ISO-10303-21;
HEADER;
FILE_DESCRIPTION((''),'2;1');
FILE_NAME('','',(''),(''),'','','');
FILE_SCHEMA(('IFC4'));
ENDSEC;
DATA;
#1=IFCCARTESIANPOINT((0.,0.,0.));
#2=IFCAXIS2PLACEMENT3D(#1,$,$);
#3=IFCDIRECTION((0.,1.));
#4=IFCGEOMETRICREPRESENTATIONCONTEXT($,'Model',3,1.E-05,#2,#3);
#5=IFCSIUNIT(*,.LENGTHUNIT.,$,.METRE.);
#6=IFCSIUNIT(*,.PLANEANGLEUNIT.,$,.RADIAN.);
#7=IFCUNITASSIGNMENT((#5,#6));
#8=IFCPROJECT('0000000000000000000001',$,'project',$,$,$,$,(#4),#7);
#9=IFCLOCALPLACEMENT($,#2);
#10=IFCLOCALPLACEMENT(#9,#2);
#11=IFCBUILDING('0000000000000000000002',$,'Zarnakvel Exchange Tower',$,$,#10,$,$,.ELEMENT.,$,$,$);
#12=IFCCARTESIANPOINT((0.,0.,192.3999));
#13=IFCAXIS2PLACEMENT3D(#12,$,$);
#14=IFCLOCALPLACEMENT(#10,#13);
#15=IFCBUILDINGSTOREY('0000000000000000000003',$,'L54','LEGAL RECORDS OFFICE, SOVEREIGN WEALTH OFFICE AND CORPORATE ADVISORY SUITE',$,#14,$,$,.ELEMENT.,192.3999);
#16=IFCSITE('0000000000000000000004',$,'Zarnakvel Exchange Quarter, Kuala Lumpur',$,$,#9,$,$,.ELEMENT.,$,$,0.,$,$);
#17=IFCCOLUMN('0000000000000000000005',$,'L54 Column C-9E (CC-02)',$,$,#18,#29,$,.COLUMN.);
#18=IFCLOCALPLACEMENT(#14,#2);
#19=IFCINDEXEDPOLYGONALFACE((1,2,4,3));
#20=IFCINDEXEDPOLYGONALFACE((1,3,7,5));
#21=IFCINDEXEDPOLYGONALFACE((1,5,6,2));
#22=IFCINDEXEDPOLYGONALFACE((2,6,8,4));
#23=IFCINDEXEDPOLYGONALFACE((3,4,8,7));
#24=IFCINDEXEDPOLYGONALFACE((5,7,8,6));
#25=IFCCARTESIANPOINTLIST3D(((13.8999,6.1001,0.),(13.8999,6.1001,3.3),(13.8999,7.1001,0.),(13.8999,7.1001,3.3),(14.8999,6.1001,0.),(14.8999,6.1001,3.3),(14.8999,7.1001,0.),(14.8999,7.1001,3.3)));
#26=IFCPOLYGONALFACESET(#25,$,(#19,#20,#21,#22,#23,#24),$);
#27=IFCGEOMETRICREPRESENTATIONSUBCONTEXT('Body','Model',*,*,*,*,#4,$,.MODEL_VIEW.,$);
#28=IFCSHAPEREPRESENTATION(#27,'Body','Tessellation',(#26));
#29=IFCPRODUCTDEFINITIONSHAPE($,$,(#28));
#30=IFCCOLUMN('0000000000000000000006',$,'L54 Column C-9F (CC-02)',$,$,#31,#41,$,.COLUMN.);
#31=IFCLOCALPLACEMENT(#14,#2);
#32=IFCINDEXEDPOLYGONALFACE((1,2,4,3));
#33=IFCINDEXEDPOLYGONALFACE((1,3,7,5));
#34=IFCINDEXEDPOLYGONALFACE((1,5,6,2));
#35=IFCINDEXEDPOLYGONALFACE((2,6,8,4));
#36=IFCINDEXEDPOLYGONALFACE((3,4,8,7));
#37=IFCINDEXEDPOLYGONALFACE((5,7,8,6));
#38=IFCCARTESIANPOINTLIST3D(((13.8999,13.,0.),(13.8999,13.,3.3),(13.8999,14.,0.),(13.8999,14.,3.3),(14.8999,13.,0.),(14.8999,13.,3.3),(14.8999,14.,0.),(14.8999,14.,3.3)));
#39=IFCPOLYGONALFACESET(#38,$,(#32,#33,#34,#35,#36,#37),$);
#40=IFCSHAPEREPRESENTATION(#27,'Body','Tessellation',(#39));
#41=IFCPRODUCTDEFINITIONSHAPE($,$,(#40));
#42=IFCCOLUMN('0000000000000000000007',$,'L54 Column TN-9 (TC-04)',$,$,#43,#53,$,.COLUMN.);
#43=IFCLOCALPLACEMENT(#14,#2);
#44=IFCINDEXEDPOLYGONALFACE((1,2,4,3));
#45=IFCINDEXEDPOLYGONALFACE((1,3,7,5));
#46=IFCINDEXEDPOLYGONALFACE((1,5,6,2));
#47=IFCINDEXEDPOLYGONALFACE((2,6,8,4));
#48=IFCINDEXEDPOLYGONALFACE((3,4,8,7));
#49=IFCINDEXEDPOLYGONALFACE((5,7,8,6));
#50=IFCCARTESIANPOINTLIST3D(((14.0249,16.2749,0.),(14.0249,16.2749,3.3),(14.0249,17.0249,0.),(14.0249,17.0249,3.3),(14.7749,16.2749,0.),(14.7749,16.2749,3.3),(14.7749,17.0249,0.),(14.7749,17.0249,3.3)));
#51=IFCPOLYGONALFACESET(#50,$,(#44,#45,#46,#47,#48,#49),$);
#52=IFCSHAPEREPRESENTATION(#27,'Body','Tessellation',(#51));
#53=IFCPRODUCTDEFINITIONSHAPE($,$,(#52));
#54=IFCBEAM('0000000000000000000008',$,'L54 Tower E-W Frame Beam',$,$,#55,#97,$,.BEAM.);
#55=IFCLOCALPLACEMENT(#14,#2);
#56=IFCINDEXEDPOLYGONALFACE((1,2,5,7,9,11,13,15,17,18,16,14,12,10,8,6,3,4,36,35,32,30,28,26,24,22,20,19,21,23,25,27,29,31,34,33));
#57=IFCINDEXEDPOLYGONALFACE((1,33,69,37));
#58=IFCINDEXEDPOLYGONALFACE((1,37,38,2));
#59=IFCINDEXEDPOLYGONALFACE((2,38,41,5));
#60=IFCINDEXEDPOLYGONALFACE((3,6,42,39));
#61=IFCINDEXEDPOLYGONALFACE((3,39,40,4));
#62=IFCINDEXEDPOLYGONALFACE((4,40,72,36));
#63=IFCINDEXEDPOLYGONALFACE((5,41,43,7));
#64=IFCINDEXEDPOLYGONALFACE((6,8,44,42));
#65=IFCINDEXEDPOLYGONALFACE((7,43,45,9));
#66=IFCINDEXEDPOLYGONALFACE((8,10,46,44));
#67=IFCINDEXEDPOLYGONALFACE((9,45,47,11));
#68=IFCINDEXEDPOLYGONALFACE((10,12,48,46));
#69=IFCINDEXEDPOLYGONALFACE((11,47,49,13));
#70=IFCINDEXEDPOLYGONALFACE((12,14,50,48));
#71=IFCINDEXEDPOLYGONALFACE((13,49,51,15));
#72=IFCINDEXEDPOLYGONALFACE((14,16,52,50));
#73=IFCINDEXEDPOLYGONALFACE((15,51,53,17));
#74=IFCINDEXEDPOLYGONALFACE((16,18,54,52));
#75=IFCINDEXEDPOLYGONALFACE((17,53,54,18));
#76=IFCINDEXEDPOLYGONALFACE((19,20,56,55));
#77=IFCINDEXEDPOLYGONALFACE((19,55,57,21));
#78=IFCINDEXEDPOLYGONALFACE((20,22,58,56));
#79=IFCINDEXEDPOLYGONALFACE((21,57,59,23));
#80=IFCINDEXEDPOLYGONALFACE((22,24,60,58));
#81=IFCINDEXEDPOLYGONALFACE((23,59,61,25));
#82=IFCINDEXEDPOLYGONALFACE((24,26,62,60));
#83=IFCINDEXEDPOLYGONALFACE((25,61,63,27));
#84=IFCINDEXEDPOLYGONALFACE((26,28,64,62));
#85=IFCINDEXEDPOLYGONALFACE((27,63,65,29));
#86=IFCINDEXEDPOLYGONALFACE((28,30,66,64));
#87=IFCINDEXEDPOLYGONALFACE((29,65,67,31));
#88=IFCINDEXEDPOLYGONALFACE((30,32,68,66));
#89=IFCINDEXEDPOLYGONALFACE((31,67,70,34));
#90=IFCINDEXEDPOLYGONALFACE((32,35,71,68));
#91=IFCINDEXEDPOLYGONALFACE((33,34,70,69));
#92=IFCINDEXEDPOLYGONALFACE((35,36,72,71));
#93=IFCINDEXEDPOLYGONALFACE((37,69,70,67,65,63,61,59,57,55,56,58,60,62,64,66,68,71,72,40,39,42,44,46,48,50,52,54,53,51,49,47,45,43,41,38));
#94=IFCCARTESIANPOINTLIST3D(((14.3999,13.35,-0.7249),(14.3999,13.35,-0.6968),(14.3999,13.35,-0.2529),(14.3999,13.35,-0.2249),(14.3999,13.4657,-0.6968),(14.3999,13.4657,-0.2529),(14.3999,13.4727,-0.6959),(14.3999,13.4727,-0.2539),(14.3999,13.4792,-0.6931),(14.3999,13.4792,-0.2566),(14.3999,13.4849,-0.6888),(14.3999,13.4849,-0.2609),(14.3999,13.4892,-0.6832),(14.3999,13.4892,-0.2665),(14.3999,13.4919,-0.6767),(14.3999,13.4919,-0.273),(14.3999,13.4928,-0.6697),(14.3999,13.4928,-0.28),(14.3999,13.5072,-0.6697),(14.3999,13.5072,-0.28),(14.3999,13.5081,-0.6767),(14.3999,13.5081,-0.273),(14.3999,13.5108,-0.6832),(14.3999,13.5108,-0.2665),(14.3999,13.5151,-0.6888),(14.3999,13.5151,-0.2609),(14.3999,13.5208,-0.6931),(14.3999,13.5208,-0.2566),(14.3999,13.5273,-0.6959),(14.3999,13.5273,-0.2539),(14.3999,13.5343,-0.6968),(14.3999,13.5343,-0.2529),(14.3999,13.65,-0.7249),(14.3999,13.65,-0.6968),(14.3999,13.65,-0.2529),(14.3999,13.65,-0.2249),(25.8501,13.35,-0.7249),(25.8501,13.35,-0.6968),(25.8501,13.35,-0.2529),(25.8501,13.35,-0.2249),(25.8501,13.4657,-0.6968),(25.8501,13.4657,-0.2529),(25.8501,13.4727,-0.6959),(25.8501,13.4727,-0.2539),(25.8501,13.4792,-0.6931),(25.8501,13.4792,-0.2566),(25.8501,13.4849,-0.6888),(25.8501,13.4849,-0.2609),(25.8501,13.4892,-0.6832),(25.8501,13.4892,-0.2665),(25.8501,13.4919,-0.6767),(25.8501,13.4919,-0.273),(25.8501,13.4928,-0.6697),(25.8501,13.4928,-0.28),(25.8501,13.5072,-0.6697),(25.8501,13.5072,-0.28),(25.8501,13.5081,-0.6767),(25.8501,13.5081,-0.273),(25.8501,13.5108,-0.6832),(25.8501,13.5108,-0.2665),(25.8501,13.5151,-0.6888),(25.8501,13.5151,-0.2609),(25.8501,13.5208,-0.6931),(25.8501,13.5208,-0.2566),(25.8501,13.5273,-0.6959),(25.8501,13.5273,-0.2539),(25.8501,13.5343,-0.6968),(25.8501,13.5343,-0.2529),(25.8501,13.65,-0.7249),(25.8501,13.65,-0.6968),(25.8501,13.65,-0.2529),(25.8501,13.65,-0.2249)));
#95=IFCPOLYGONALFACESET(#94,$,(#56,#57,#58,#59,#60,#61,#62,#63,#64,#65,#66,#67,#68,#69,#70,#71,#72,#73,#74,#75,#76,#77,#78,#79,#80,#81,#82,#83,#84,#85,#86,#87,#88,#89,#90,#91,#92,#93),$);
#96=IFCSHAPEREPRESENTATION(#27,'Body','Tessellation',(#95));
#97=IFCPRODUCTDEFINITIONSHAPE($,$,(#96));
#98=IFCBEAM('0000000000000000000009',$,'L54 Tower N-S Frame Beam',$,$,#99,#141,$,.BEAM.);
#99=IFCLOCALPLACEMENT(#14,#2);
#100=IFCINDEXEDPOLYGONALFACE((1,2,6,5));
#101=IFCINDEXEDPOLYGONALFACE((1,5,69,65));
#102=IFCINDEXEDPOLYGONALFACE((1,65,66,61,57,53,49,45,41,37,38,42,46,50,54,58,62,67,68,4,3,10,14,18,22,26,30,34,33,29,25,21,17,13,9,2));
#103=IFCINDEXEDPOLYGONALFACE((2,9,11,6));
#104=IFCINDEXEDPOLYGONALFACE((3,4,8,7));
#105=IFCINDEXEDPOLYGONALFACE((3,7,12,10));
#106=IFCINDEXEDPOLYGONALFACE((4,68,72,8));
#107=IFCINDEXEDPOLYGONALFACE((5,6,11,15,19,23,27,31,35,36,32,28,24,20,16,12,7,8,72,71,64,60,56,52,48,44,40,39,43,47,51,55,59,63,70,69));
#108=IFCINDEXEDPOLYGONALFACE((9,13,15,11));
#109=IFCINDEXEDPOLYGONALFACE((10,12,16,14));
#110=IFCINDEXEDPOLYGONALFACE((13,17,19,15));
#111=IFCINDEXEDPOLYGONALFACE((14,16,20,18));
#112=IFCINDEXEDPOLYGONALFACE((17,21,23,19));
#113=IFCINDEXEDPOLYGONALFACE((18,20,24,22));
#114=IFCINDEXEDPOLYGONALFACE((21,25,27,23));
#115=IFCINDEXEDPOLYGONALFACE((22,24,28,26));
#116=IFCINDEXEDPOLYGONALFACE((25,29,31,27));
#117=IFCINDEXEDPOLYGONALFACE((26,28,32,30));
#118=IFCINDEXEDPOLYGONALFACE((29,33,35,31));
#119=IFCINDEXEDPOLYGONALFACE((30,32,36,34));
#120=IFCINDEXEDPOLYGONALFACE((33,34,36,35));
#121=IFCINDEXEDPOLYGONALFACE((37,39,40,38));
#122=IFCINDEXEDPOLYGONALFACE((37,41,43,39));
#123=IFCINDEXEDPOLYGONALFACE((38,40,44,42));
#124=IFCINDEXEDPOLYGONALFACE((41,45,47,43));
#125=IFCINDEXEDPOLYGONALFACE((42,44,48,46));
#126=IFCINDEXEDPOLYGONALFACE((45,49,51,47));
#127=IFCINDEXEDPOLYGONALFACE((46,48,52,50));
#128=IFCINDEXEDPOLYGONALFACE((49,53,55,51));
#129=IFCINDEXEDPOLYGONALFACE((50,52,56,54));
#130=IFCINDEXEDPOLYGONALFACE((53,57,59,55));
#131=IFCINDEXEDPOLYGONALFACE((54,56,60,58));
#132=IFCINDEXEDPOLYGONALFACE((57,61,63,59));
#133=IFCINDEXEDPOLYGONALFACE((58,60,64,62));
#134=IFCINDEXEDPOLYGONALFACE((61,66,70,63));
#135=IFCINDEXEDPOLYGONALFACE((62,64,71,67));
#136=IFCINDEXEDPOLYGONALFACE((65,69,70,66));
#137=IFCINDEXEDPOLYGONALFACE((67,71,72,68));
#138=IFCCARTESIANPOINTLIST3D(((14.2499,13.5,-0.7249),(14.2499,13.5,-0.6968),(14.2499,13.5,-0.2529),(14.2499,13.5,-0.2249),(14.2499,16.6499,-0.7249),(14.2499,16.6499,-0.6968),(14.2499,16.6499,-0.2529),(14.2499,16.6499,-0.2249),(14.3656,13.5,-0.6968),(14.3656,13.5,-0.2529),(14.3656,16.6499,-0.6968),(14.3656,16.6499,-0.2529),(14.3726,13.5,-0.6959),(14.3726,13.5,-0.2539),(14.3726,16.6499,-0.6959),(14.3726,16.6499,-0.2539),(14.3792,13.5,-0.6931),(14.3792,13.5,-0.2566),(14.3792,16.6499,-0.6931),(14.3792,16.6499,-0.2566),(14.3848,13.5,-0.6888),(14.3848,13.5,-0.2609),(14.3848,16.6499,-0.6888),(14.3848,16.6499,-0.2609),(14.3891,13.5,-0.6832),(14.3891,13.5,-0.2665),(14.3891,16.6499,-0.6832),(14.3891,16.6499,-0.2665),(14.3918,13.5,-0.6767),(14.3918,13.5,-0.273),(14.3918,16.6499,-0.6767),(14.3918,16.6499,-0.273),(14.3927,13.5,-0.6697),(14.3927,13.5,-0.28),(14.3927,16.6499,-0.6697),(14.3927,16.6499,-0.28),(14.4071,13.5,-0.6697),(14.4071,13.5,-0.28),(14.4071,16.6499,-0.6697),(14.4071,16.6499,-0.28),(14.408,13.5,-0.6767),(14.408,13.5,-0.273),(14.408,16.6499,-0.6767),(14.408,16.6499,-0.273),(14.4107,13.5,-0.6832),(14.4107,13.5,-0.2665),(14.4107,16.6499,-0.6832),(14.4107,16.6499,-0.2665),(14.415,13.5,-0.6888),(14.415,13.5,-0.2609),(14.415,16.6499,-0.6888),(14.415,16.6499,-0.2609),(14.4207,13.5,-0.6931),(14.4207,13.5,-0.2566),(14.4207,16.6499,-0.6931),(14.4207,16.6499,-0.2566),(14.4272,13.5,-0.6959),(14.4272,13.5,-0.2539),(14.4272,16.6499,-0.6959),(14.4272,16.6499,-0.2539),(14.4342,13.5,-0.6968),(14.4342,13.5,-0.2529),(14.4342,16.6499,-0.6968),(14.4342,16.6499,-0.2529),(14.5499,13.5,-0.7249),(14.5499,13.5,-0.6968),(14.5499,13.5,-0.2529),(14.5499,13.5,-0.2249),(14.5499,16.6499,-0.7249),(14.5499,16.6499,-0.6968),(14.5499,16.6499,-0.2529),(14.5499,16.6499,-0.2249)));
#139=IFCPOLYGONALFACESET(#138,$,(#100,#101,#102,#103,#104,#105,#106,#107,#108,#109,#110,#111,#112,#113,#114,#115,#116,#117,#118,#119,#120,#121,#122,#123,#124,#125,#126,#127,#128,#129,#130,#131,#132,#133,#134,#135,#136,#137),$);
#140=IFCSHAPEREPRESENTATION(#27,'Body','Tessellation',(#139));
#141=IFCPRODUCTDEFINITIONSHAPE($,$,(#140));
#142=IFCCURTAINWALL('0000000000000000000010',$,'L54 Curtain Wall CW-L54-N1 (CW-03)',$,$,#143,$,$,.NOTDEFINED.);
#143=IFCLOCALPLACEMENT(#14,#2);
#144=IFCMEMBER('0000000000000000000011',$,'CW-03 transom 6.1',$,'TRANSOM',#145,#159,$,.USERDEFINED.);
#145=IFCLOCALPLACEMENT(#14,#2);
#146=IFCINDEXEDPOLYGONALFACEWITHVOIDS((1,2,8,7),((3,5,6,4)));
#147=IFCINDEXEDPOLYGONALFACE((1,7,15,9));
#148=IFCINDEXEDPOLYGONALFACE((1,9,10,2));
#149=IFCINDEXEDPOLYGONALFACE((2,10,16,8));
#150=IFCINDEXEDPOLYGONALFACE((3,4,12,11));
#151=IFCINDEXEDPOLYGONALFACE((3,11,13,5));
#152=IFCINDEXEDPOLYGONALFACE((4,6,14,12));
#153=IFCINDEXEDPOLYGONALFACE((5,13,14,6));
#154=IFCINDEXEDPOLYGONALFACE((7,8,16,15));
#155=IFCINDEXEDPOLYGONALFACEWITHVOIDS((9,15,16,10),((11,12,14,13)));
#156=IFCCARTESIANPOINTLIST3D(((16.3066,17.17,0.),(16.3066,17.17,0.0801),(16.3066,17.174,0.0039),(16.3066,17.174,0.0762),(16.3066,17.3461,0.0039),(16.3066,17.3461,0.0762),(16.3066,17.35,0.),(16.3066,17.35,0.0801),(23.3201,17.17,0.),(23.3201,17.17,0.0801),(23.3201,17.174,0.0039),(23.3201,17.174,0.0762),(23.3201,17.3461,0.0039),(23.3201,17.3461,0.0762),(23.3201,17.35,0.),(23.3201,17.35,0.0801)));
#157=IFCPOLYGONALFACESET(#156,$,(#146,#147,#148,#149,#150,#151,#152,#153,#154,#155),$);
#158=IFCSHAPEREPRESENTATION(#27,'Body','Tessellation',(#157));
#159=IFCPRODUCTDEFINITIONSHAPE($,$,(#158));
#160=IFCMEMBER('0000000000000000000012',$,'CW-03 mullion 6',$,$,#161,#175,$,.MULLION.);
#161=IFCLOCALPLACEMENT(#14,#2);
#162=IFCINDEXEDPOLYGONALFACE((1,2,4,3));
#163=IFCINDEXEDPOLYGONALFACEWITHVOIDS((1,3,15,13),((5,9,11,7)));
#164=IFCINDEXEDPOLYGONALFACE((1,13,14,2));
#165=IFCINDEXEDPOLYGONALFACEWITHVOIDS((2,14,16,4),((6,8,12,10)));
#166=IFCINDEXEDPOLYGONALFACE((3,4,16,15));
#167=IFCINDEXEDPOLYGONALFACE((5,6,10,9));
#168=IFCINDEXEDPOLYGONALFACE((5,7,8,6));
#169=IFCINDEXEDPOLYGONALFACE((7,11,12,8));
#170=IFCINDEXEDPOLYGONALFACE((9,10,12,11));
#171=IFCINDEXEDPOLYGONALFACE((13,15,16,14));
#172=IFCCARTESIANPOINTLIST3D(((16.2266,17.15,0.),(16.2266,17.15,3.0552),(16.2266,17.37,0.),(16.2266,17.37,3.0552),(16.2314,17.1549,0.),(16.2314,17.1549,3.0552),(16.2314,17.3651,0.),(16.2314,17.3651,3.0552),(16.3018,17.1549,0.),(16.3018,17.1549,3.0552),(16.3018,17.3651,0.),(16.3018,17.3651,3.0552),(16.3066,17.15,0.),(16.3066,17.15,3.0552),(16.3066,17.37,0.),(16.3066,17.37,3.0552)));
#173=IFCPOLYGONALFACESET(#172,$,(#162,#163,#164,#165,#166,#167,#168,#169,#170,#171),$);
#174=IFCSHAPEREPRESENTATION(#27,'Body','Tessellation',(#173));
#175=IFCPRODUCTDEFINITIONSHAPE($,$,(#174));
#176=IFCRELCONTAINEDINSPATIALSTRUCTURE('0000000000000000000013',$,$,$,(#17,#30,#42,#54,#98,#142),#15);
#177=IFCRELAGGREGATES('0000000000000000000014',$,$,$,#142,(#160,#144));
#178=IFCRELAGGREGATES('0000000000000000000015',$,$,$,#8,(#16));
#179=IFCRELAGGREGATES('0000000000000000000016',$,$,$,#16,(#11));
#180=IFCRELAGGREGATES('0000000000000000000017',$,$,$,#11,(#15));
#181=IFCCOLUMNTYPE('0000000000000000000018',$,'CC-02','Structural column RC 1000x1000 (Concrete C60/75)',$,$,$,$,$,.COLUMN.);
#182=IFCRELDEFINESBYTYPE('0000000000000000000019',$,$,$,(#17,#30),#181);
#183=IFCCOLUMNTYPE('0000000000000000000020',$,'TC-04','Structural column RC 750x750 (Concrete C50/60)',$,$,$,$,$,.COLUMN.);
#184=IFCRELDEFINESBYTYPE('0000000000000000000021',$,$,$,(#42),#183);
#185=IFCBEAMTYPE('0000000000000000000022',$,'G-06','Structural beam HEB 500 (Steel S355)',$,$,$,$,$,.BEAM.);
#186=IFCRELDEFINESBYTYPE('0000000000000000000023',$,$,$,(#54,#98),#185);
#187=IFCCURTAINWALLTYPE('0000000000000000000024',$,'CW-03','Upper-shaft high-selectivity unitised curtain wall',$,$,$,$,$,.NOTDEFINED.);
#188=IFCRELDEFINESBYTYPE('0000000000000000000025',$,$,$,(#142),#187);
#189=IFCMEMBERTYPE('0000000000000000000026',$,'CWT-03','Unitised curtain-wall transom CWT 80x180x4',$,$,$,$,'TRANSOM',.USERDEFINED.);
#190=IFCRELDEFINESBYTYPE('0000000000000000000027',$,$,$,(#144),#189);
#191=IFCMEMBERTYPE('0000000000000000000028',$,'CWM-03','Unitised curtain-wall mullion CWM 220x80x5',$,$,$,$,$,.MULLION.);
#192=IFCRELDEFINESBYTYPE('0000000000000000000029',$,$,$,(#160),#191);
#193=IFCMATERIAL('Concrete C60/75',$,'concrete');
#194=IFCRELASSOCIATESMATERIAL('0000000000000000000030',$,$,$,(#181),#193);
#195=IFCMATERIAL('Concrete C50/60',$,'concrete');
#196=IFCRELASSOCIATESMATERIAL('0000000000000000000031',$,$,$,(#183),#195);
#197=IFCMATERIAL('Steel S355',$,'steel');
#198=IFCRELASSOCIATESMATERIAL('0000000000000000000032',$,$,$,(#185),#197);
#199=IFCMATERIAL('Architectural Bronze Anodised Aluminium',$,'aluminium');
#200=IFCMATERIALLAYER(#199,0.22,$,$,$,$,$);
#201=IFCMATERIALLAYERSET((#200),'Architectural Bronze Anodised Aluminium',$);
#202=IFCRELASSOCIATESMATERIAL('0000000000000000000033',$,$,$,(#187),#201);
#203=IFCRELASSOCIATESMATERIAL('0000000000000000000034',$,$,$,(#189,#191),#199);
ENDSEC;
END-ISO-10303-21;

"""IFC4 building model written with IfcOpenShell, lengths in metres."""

from ifc_helpers import new_model, si_unit, direction, frame, origin, origin_2d, place, context, subcontext, project, spatial, rectangle, hollow_rectangle, i_section, extrude, source, transform, mapped, material, layer, layer_set, material_profile, profile_set, type_object, element, aggregate, save


model = new_model("IFC4")

# Units and contexts
model_context = context("Model", 3, precision=1e-05, world=origin(), true_north=direction((0.0, 1.0)))
body_context = subcontext(model_context, "Body", "Model", "MODEL_VIEW")
ifc_project = project(units=[si_unit("LENGTHUNIT", "METRE"), si_unit("PLANEANGLEUNIT", "RADIAN")], contexts=[model_context])

# Site, building, storey
site_placement = place(None, origin())
site = spatial("IfcSite", under=ifc_project, at=site_placement, Name="Zarnakvel Exchange Quarter, Kuala Lumpur", CompositionType="ELEMENT", RefElevation=0.0)
building_placement = place(site_placement, origin())
building = spatial("IfcBuilding", under=site, at=building_placement, Name="Zarnakvel Exchange Tower", CompositionType="ELEMENT")
storey_placement = place(building_placement, frame((0.0, 0.0, 192.3999)))
storey = spatial("IfcBuildingStorey", under=building, at=storey_placement, Name="L54", Description="LEGAL RECORDS OFFICE, SOVEREIGN WEALTH OFFICE AND CORPORATE ADVISORY SUITE", CompositionType="ELEMENT", Elevation=192.3999)

# Columns
ifc_material_1 = material(Name="Concrete C60/75", Category="concrete")
ifc_material_profile_1 = material_profile(ifc_material_1, rectangle(XDim=1.0, YDim=1.0, at=origin_2d()))
ifc_profile_set_1 = profile_set([ifc_material_profile_1], Name="Concrete C60/75")
column_type_1 = type_object("IfcColumnType", Name="CC-02", Description="Structural column RC 1000x1000 (Concrete C60/75)", PredefinedType="COLUMN", material=ifc_profile_set_1)
for number, where, z_axis, x_axis, name in (
    (1, (14.3999, 6.6001, 0.0), (0.0, 0.0, 1.0), (1.0, 0.0, 0.0), "L54 Column C-9E (CC-02)"),
    (2, (14.3999, 13.5, 0.0), (0.0, 0.0, 1.0), (1.0, 0.0, 0.0), "L54 Column C-9F (CC-02)"),
):
    element("IfcColumn", number, at=place(storey_placement, frame(where, z_axis=z_axis, x_axis=x_axis)), inside=storey, type_object=column_type_1, Name=name, PredefinedType="COLUMN", context=body_context, shape_type="SweptSolid", body=[
        extrude(rectangle(XDim=1.0, YDim=1.0, at=origin_2d()), origin(), (0.0, 0.0, 1.0), 3.3),
    ])
ifc_material_2 = material(Name="Concrete C50/60", Category="concrete")
ifc_material_profile_2 = material_profile(ifc_material_2, rectangle(XDim=0.75, YDim=0.75, at=origin_2d()))
ifc_profile_set_2 = profile_set([ifc_material_profile_2], Name="Concrete C50/60")
column_type_2 = type_object("IfcColumnType", Name="TC-04", Description="Structural column RC 750x750 (Concrete C50/60)", PredefinedType="COLUMN", material=ifc_profile_set_2)
column_placement = place(storey_placement, frame((14.3999, 16.6499, 0.0), z_axis=(0.0, 0.0, 1.0), x_axis=(1.0, 0.0, 0.0)))
element("IfcColumn", 3, at=column_placement, inside=storey, type_object=column_type_2, Name="L54 Column TN-9 (TC-04)", PredefinedType="COLUMN", context=body_context, shape_type="SweptSolid", body=[
    extrude(rectangle(XDim=0.75, YDim=0.75, at=origin_2d()), origin(), (0.0, 0.0, 1.0), 3.3),
])

# Beams
ifc_material_3 = material(Name="Steel S355", Category="steel")
ifc_material_profile_3 = material_profile(ifc_material_3, i_section(OverallWidth=0.3, OverallDepth=0.5, WebThickness=0.0144, FlangeThickness=0.0281, FilletRadius=0.0271, at=origin_2d()))
ifc_profile_set_3 = profile_set([ifc_material_profile_3], Name="Steel S355")
beam_type = type_object("IfcBeamType", Name="G-06", Description="Structural beam HEB 500 (Steel S355)", PredefinedType="BEAM", material=ifc_profile_set_3)
beam_1_placement = place(storey_placement, frame((14.3999, 13.5, -0.4749), z_axis=(1.0, 0.0, 0.0), x_axis=(0.0, 1.0, 0.0)))
element("IfcBeam", 4, at=beam_1_placement, inside=storey, type_object=beam_type, Name="L54 Tower E-W Frame Beam", PredefinedType="BEAM", context=body_context, shape_type="SweptSolid", body=[
    extrude(i_section(OverallWidth=0.3, OverallDepth=0.5, WebThickness=0.0144, FlangeThickness=0.0281, FilletRadius=0.0271, at=origin_2d()), origin(), (0.0, 0.0, 1.0), 11.4502),
])
beam_2_placement = place(storey_placement, frame((14.3999, 13.5, -0.4749), z_axis=(0.0, 1.0, 0.0), x_axis=(-1.0, 0.0, 0.0)))
element("IfcBeam", 5, at=beam_2_placement, inside=storey, type_object=beam_type, Name="L54 Tower N-S Frame Beam", PredefinedType="BEAM", context=body_context, shape_type="SweptSolid", body=[
    extrude(i_section(OverallWidth=0.3, OverallDepth=0.5, WebThickness=0.0144, FlangeThickness=0.0281, FilletRadius=0.0271, at=origin_2d()), origin(), (0.0, 0.0, 1.0), 3.1499),
])

# Curtain wall, members
ifc_material_4 = material(Name="Architectural Bronze Anodised Aluminium", Category="aluminium")
ifc_layer_1 = layer(ifc_material_4, 0.22)
ifc_layer_set_1 = layer_set([ifc_layer_1], Name="Architectural Bronze Anodised Aluminium")
curtain_wall_type = type_object("IfcCurtainWallType", Name="CW-03", Description="Upper-shaft high-selectivity unitised curtain wall", PredefinedType="NOTDEFINED", material=ifc_layer_set_1)
curtain_wall_placement = place(storey_placement, origin())
curtain_wall = element("IfcCurtainWall", 6, at=curtain_wall_placement, inside=storey, type_object=curtain_wall_type, Name="L54 Curtain Wall CW-L54-N1 (CW-03)", PredefinedType="NOTDEFINED")
ifc_material_profile_4 = material_profile(ifc_material_4, hollow_rectangle(XDim=0.1799, YDim=0.0801, WallThickness=0.0039, at=origin_2d()))
ifc_profile_set_4 = profile_set([ifc_material_profile_4], Name="Architectural Bronze Anodised Aluminium")
member_type_1 = type_object("IfcMemberType", Name="CWT-03", Description="Unitised curtain-wall transom CWT 80x180x4", ElementType="TRANSOM", PredefinedType="USERDEFINED", material=ifc_profile_set_4)
shared_shape_1 = source(origin(), body_context, "Body", "SweptSolid", [
    extrude(hollow_rectangle(XDim=0.1799, YDim=0.0801, WallThickness=0.0039, at=origin_2d()), origin(), (0.0, 0.0, 1.0), 7.0134),
])
member_1_placement = place(storey_placement, frame((16.3066, 17.26, 0.04), z_axis=(1.0, 0.0, 0.0), x_axis=(0.0, 1.0, 0.0)))
member_1 = element("IfcMember", 7, at=member_1_placement, type_object=member_type_1, Name="CW-03 transom 6.1", ObjectType="TRANSOM", PredefinedType="USERDEFINED", context=body_context, shape_type="MappedRepresentation", body=[
    mapped(shared_shape_1, transform((0.0, 0.0, 0.0), x_axis=(1.0, 0.0, 0.0), y_axis=(0.0, 1.0, 0.0), z_axis=(0.0, 0.0, 1.0), scale=1.0)),
])
ifc_material_profile_5 = material_profile(ifc_material_4, hollow_rectangle(XDim=0.22, YDim=0.0801, WallThickness=0.0049, at=origin_2d()))
ifc_profile_set_5 = profile_set([ifc_material_profile_5], Name="Architectural Bronze Anodised Aluminium")
member_type_2 = type_object("IfcMemberType", Name="CWM-03", Description="Unitised curtain-wall mullion CWM 220x80x5", PredefinedType="MULLION", material=ifc_profile_set_5)
shared_shape_2 = source(origin(), body_context, "Body", "SweptSolid", [
    extrude(hollow_rectangle(XDim=0.22, YDim=0.0801, WallThickness=0.0049, at=origin_2d()), origin(), (0.0, 0.0, 1.0), 3.0552),
])
member_2_placement = place(storey_placement, frame((16.2666, 17.26, 0.0), z_axis=(0.0, 0.0, 1.0), x_axis=(0.0, 1.0, 0.0)))
member_2 = element("IfcMember", 8, at=member_2_placement, type_object=member_type_2, Name="CW-03 mullion 6", PredefinedType="MULLION", context=body_context, shape_type="MappedRepresentation", body=[
    mapped(shared_shape_2, transform((0.0, 0.0, 0.0), x_axis=(1.0, 0.0, 0.0), y_axis=(0.0, 1.0, 0.0), z_axis=(0.0, 0.0, 1.0), scale=1.0)),
])
aggregate(curtain_wall, [member_2, member_1])

save(model, "model.ifc")
